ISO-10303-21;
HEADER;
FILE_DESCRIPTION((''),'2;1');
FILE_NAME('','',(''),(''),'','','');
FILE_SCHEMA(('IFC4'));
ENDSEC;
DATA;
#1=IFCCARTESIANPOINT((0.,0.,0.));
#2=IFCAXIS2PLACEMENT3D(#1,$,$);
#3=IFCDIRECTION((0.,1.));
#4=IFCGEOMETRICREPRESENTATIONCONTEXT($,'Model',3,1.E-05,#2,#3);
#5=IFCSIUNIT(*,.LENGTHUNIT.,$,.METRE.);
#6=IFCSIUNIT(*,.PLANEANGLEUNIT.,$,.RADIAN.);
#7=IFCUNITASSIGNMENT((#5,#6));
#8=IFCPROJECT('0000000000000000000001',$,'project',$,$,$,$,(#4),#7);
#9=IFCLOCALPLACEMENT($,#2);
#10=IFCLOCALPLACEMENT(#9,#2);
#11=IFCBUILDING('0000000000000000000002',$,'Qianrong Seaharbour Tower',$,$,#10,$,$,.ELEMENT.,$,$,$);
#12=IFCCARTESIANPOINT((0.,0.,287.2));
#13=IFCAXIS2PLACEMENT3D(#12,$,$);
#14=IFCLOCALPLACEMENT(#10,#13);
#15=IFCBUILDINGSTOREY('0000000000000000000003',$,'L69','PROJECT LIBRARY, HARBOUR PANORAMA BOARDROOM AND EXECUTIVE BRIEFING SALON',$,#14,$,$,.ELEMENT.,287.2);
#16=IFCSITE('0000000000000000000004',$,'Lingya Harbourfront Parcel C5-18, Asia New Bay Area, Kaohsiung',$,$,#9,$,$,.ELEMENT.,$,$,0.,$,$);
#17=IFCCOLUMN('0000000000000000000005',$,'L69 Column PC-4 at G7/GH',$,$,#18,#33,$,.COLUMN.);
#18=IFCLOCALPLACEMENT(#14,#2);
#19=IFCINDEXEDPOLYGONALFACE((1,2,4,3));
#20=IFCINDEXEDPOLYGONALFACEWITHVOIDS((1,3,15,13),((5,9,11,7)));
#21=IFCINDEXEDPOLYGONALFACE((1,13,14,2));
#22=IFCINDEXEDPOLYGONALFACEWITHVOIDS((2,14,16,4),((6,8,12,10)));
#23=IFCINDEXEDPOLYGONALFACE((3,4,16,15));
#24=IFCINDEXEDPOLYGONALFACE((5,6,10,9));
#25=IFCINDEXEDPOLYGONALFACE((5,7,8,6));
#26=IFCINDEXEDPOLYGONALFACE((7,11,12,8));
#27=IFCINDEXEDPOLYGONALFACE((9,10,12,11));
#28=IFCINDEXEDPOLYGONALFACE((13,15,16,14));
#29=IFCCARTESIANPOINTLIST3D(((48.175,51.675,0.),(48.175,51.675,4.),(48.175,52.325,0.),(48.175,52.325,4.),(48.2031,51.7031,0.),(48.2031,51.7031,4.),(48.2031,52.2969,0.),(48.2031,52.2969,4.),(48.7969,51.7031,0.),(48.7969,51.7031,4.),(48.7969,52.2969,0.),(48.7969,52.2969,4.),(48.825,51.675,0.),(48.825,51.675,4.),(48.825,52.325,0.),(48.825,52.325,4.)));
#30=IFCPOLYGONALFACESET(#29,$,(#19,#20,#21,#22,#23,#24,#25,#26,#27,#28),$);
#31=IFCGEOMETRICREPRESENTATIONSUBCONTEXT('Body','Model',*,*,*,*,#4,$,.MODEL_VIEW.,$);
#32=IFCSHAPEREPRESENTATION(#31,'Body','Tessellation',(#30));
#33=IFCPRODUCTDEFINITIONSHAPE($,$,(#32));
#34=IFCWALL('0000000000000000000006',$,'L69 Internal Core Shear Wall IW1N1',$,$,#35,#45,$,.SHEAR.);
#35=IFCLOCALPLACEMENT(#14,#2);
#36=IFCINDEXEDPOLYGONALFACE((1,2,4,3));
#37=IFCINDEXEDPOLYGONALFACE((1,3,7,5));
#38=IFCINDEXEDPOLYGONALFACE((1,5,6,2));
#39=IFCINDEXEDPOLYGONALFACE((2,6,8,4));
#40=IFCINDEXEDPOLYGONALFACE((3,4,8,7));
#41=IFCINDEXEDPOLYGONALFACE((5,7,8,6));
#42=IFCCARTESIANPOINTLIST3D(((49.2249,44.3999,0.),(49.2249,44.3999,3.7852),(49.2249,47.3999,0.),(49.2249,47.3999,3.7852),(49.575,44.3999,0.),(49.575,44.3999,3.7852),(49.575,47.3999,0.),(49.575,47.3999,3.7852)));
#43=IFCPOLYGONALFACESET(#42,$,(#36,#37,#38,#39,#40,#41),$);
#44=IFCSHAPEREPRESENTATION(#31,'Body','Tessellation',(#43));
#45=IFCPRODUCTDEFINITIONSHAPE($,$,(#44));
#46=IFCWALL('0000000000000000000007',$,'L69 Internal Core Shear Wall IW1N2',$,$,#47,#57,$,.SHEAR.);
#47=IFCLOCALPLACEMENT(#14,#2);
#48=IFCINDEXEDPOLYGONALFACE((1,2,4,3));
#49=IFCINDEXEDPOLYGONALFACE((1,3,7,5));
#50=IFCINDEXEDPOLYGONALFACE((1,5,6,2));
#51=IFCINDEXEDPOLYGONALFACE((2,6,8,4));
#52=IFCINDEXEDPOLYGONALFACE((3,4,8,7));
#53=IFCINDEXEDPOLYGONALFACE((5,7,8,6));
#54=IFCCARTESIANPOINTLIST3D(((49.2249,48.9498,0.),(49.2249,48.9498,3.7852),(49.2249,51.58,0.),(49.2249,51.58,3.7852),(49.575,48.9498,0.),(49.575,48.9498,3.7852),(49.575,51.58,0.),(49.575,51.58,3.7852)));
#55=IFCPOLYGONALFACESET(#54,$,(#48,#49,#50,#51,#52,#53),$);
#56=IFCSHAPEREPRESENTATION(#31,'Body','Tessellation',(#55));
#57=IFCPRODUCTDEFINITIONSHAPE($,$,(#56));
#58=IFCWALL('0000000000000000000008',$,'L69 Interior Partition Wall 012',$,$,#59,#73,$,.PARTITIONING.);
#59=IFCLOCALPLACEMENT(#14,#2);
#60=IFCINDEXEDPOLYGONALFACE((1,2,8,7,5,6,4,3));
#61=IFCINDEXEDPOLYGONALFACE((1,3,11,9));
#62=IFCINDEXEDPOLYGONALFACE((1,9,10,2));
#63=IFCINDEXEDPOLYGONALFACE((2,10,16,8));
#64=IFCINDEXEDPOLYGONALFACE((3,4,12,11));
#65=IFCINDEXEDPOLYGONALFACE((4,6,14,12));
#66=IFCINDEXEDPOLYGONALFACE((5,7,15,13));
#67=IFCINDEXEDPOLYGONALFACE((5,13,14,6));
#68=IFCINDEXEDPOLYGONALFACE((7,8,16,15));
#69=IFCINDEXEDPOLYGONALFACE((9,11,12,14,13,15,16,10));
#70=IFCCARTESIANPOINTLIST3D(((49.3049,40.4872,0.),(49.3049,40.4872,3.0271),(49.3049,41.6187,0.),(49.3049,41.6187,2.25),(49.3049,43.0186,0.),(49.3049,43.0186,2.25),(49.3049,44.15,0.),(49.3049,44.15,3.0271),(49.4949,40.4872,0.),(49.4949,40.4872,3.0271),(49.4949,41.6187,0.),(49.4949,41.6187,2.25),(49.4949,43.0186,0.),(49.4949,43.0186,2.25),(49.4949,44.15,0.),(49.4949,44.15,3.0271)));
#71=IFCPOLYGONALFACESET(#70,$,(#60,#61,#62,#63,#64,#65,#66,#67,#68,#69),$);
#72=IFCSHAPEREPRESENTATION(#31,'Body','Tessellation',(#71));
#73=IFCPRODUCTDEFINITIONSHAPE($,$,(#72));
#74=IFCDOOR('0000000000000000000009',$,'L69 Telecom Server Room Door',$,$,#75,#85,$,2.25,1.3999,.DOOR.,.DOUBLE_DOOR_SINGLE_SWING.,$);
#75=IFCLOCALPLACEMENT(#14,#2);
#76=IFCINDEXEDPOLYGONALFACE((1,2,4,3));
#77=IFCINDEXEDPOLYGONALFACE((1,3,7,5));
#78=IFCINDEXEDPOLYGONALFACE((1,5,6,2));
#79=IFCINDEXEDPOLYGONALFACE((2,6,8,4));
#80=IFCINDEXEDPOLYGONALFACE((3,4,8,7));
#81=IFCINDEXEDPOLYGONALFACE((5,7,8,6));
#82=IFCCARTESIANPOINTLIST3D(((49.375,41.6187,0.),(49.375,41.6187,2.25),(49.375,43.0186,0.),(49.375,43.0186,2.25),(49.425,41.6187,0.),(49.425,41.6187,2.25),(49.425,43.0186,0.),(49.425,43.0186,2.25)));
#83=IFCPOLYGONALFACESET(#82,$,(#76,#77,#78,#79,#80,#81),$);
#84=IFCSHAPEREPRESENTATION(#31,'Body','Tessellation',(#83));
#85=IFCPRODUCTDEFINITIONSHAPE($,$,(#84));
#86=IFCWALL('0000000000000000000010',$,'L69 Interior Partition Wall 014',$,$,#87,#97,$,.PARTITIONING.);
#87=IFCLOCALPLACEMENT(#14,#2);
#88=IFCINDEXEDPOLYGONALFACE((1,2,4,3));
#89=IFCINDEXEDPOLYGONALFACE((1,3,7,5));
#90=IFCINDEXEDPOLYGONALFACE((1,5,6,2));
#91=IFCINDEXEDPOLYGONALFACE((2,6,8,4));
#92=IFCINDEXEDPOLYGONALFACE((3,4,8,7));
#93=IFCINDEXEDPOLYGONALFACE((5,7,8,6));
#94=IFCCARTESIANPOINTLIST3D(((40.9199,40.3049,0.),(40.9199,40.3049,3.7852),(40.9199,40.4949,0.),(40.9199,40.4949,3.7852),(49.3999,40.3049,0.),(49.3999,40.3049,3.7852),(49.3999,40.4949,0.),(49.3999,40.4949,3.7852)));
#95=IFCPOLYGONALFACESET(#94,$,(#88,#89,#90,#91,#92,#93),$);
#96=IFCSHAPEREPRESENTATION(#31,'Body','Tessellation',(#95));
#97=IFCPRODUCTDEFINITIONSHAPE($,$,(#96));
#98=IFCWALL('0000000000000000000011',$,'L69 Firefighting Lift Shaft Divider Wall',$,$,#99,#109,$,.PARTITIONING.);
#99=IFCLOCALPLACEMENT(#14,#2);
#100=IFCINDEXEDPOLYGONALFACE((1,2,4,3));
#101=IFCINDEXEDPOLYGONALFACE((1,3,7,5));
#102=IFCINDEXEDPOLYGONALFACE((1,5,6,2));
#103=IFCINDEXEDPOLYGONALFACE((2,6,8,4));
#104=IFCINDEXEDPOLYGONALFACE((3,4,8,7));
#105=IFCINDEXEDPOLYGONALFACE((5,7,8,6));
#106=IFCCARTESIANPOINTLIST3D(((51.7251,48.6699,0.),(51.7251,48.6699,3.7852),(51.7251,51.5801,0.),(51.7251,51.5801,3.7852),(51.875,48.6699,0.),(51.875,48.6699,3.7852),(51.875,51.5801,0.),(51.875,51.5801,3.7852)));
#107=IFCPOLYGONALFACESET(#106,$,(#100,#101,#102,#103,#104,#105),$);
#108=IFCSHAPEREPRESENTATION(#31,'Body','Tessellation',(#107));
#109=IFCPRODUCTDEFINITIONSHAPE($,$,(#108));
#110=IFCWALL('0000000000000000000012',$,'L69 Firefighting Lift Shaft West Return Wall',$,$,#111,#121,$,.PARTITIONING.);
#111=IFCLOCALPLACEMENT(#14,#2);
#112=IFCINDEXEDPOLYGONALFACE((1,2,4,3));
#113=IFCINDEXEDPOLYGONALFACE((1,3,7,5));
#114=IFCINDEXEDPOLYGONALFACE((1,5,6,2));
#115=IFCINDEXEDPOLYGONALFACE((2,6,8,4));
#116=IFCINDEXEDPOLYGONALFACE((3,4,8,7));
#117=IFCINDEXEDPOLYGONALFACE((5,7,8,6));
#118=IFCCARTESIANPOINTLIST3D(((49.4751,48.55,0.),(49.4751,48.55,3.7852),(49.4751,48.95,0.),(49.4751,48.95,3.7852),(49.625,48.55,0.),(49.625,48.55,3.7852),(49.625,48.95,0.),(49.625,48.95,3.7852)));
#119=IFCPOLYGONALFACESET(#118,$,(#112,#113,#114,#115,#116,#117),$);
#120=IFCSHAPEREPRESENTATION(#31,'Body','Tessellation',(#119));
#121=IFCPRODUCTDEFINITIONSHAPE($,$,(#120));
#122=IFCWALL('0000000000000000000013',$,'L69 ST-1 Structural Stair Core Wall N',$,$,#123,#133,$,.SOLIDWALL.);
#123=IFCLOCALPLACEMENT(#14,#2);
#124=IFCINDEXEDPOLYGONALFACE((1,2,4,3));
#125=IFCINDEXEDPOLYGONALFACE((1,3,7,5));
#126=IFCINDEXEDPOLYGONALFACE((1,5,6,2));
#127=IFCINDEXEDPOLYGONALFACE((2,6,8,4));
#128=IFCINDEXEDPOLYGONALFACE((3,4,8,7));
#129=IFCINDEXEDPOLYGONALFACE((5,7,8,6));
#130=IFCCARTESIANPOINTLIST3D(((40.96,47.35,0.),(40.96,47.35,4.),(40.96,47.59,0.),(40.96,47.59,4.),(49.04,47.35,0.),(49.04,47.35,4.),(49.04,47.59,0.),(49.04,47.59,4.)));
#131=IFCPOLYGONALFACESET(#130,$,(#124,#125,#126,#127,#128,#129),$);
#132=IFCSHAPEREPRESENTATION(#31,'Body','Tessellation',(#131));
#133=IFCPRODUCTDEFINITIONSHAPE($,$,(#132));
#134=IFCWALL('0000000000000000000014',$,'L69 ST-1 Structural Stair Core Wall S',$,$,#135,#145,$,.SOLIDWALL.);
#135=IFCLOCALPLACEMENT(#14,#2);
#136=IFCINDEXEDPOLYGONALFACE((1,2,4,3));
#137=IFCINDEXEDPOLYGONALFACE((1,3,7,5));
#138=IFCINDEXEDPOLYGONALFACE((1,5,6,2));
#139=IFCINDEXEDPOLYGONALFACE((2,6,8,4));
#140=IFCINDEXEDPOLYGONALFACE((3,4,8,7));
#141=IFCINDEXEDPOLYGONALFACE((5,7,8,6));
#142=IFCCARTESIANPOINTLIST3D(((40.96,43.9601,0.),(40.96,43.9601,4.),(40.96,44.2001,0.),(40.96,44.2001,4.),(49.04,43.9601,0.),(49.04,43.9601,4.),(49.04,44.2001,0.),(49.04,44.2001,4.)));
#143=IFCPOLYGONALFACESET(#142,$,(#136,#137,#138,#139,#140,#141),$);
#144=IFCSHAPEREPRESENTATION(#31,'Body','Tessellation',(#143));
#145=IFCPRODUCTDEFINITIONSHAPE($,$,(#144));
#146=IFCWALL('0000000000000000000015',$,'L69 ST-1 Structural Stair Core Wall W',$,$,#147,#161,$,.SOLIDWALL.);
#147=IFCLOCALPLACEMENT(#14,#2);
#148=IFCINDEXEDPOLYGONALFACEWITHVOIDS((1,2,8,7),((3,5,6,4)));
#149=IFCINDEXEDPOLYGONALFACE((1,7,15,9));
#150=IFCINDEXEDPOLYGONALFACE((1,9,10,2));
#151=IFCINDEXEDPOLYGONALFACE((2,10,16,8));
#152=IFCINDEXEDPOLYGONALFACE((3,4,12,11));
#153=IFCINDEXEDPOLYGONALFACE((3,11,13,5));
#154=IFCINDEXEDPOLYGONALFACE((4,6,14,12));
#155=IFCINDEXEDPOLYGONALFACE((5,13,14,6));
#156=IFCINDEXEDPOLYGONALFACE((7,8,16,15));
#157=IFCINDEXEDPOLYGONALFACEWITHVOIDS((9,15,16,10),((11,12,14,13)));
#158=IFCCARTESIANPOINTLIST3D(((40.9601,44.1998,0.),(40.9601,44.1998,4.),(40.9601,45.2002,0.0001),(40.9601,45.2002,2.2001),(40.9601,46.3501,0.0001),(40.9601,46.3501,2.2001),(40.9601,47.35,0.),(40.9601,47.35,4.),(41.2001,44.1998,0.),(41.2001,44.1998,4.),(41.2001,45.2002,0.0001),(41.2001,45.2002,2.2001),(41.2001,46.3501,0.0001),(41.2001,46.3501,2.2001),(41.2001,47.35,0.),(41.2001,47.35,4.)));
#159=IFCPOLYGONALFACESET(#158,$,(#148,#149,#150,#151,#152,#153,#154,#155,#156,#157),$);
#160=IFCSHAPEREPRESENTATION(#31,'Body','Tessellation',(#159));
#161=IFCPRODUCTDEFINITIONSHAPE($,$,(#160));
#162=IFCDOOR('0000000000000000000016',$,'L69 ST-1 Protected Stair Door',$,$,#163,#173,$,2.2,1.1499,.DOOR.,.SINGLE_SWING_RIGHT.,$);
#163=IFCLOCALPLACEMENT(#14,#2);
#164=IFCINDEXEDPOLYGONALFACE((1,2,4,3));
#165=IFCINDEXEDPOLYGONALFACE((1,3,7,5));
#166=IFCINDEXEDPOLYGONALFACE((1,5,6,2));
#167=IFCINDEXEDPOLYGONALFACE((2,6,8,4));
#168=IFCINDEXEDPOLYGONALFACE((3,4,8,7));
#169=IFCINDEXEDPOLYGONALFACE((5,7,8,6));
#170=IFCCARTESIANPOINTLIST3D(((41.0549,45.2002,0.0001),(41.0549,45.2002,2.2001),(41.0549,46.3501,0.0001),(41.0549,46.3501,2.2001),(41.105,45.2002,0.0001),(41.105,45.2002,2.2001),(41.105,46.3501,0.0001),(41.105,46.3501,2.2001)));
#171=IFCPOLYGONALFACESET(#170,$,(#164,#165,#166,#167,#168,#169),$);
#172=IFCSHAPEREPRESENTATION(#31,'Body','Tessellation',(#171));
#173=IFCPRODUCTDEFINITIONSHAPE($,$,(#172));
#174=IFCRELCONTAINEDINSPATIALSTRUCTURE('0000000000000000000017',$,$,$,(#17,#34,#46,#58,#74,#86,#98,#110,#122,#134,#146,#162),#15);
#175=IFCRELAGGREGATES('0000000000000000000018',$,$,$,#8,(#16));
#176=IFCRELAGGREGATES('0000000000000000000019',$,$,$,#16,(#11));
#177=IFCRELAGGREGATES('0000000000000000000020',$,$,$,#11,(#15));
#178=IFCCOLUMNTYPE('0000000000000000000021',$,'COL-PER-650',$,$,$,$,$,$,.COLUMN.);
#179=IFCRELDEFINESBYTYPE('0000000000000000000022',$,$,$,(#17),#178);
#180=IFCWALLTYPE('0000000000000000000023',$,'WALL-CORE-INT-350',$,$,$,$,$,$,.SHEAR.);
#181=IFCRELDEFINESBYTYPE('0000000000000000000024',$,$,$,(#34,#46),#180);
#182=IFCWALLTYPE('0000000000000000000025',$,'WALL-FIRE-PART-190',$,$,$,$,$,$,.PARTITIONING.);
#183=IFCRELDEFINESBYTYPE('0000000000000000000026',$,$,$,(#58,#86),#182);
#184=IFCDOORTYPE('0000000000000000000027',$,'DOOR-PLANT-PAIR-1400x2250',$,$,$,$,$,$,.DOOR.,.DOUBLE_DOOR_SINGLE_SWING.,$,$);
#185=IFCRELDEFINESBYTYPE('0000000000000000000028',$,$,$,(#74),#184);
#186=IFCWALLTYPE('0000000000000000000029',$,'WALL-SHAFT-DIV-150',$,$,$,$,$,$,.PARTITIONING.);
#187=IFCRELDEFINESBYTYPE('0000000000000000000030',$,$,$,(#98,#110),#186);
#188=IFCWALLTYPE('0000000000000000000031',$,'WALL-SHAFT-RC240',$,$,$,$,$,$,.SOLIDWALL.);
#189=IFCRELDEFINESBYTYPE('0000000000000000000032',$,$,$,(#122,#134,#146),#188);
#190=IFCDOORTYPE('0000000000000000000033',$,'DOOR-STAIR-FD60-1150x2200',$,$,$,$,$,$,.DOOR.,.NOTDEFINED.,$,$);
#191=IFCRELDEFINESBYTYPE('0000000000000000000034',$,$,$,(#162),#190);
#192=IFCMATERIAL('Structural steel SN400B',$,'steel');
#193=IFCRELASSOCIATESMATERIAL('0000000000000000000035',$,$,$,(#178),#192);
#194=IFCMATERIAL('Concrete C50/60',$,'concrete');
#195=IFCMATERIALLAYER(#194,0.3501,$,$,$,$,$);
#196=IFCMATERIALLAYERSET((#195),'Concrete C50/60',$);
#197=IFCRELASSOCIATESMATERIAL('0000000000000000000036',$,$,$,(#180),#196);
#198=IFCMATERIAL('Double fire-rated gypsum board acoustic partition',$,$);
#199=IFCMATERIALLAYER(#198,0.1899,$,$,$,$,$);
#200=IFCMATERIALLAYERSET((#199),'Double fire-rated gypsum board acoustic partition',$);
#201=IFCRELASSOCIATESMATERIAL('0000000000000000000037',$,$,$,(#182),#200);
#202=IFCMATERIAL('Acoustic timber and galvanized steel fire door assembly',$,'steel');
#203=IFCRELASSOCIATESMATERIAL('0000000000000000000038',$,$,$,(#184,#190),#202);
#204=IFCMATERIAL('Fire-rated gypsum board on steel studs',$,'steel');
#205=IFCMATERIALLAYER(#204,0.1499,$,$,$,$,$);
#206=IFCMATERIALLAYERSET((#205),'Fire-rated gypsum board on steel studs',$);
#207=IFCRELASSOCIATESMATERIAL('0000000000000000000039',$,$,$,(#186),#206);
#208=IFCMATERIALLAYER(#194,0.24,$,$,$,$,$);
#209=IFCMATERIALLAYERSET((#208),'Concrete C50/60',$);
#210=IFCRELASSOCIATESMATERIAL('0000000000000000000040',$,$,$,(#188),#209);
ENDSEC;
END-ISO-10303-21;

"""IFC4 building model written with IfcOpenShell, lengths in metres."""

from ifc_helpers import new_model, si_unit, direction, frame, frame_2d, origin, origin_2d, place, context, subcontext, project, spatial, rectangle, hollow_rectangle, extrude, material, layer, layer_set, material_profile, profile_set, type_object, element, fill, save


model = new_model("IFC4")

# Units and contexts
model_context = context("Model", 3, precision=1e-05, world=origin(), true_north=direction((0.0, 1.0)))
body_context = subcontext(model_context, "Body", "Model", "MODEL_VIEW")
ifc_project = project(units=[si_unit("LENGTHUNIT", "METRE"), si_unit("PLANEANGLEUNIT", "RADIAN")], contexts=[model_context])

# Site, building, storey
site_placement = place(None, origin())
site = spatial("IfcSite", under=ifc_project, at=site_placement, Name="Lingya Harbourfront Parcel C5-18, Asia New Bay Area, Kaohsiung", CompositionType="ELEMENT", RefElevation=0.0)
building_placement = place(site_placement, origin())
building = spatial("IfcBuilding", under=site, at=building_placement, Name="Qianrong Seaharbour Tower", CompositionType="ELEMENT")
storey_placement = place(building_placement, frame((0.0, 0.0, 287.2)))
storey = spatial("IfcBuildingStorey", under=building, at=storey_placement, Name="L69", Description="PROJECT LIBRARY, HARBOUR PANORAMA BOARDROOM AND EXECUTIVE BRIEFING SALON", CompositionType="ELEMENT", Elevation=287.2)

# Column
ifc_material_1 = material(Name="Structural steel SN400B", Category="steel")
ifc_material_profile = material_profile(ifc_material_1, hollow_rectangle(XDim=0.6499, YDim=0.6499, WallThickness=0.0281, at=origin_2d()), Name="BOX650x650x28")
ifc_profile_set = profile_set([ifc_material_profile], Name="Structural steel SN400B")
column_type = type_object("IfcColumnType", Name="COL-PER-650", PredefinedType="COLUMN", material=ifc_profile_set)
column_placement = place(storey_placement, frame((48.5, 52.0, 0.0), z_axis=(0.0, 0.0, 1.0), x_axis=(1.0, 0.0, 0.0)))
element("IfcColumn", 1, at=column_placement, inside=storey, type_object=column_type, Name="L69 Column PC-4 at G7/GH", PredefinedType="COLUMN", context=body_context, shape_type="SweptSolid", body=[
    extrude(hollow_rectangle(XDim=0.6499, YDim=0.6499, WallThickness=0.0281, at=origin_2d()), origin(), (0.0, 0.0, 1.0), 4.0),
])

# Walls
ifc_material_2 = material(Name="Concrete C50/60", Category="concrete")
ifc_layer_1 = layer(ifc_material_2, 0.3501)
ifc_layer_set_1 = layer_set([ifc_layer_1], Name="Concrete C50/60")
wall_type_1 = type_object("IfcWallType", Name="WALL-CORE-INT-350", PredefinedType="SHEAR", material=ifc_layer_set_1)
wall_1_placement = place(storey_placement, frame((49.3999, 44.3999, 0.0), z_axis=(0.0, 0.0, 1.0), x_axis=(0.0, 1.0, 0.0)))
element("IfcWall", 2, at=wall_1_placement, inside=storey, type_object=wall_type_1, Name="L69 Internal Core Shear Wall IW1N1", PredefinedType="SHEAR", context=body_context, shape_type="SweptSolid", body=[
    extrude(rectangle(XDim=3.0, YDim=0.3501, at=frame_2d((1.5, 0.0))), origin(), (0.0, 0.0, 1.0), 3.7852),
])
wall_2_placement = place(storey_placement, frame((49.3999, 48.95, 0.0), z_axis=(0.0, 0.0, 1.0), x_axis=(0.0, 1.0, 0.0)))
element("IfcWall", 3, at=wall_2_placement, inside=storey, type_object=wall_type_1, Name="L69 Internal Core Shear Wall IW1N2", PredefinedType="SHEAR", context=body_context, shape_type="SweptSolid", body=[
    extrude(rectangle(XDim=2.6301, YDim=0.3501, at=frame_2d((1.3149, 0.0))), origin(), (0.0, 0.0, 1.0), 3.7852),
])

# Wall, opening, door
ifc_material_3 = material(Name="Acoustic timber and galvanized steel fire door assembly", Category="steel")
ifc_material_4 = material(Name="Double fire-rated gypsum board acoustic partition")
ifc_layer_2 = layer(ifc_material_4, 0.1899)
ifc_layer_set_2 = layer_set([ifc_layer_2], Name="Double fire-rated gypsum board acoustic partition")
wall_type_2 = type_object("IfcWallType", Name="WALL-FIRE-PART-190", PredefinedType="PARTITIONING", material=ifc_layer_set_2)
wall_3_placement = place(storey_placement, frame((49.3999, 40.4871, 0.0), z_axis=(0.0, 0.0, 1.0), x_axis=(0.0, 1.0, 0.0)))
wall_3 = element("IfcWall", 4, at=wall_3_placement, inside=storey, type_object=wall_type_2, Name="L69 Interior Partition Wall 012", PredefinedType="PARTITIONING", context=body_context, shape_type="SweptSolid", body=[
    extrude(rectangle(XDim=3.6628, YDim=0.1899, at=frame_2d((1.8315, 0.0))), origin(), (0.0, 0.0, 1.0), 3.0271),
])
opening_1_placement = place(wall_3_placement, frame((1.1316, 0.0, 0.0)))
opening_1 = element("IfcOpeningElement", 5, at=opening_1_placement, cuts=wall_3, PredefinedType="OPENING", context=body_context, shape_type="SweptSolid", body=[
    extrude(rectangle(XDim=1.3999, YDim=2.25, at=frame_2d((0.7, 1.125))), frame((0.0, 0.105, 0.0), z_axis=(0.0, -1.0, 0.0), x_axis=(1.0, 0.0, 0.0)), (0.0, 0.0, 1.0), 0.21),
])
door_type_1 = type_object("IfcDoorType", Name="DOOR-PLANT-PAIR-1400x2250", OperationType="DOUBLE_DOOR_SINGLE_SWING", PredefinedType="DOOR", material=ifc_material_3)
door_1_placement = place(opening_1_placement, origin())
door_1 = element("IfcDoor", 6, at=door_1_placement, inside=storey, type_object=door_type_1, Name="L69 Telecom Server Room Door", OperationType="DOUBLE_DOOR_SINGLE_SWING", OverallHeight=2.25, OverallWidth=1.3999, PredefinedType="DOOR", context=body_context, shape_type="SweptSolid", body=[
    extrude(rectangle(XDim=1.3999, YDim=2.25, at=frame_2d((0.7, 1.125))), frame((0.0, 0.0249, 0.0), z_axis=(0.0, -1.0, 0.0), x_axis=(1.0, 0.0, 0.0)), (0.0, 0.0, 1.0), 0.05),
])
fill(opening_1, door_1)

# Walls
wall_4_placement = place(storey_placement, frame((40.9199, 40.3999, 0.0), z_axis=(0.0, 0.0, 1.0), x_axis=(1.0, 0.0, 0.0)))
element("IfcWall", 7, at=wall_4_placement, inside=storey, type_object=wall_type_2, Name="L69 Interior Partition Wall 014", PredefinedType="PARTITIONING", context=body_context, shape_type="SweptSolid", body=[
    extrude(rectangle(XDim=8.48, YDim=0.1899, at=frame_2d((4.24, 0.0))), origin(), (0.0, 0.0, 1.0), 3.7852),
])
ifc_material_5 = material(Name="Fire-rated gypsum board on steel studs", Category="steel")
ifc_layer_3 = layer(ifc_material_5, 0.1499)
ifc_layer_set_3 = layer_set([ifc_layer_3], Name="Fire-rated gypsum board on steel studs")
wall_type_3 = type_object("IfcWallType", Name="WALL-SHAFT-DIV-150", PredefinedType="PARTITIONING", material=ifc_layer_set_3)
wall_5_placement = place(storey_placement, frame((51.8, 48.6699, 0.0), z_axis=(0.0, 0.0, 1.0), x_axis=(0.0, 1.0, 0.0)))
element("IfcWall", 8, at=wall_5_placement, inside=storey, type_object=wall_type_3, Name="L69 Firefighting Lift Shaft Divider Wall", PredefinedType="PARTITIONING", context=body_context, shape_type="SweptSolid", body=[
    extrude(rectangle(XDim=2.9102, YDim=0.1499, at=frame_2d((1.4551, 0.0))), origin(), (0.0, 0.0, 1.0), 3.7852),
])
wall_6_placement = place(storey_placement, frame((49.55, 48.55, 0.0), z_axis=(0.0, 0.0, 1.0), x_axis=(0.0, 1.0, 0.0)))
element("IfcWall", 9, at=wall_6_placement, inside=storey, type_object=wall_type_3, Name="L69 Firefighting Lift Shaft West Return Wall", PredefinedType="PARTITIONING", context=body_context, shape_type="SweptSolid", body=[
    extrude(rectangle(XDim=0.3999, YDim=0.1499, at=frame_2d((0.2, 0.0))), origin(), (0.0, 0.0, 1.0), 3.7852),
])
ifc_layer_4 = layer(ifc_material_2, 0.24)
ifc_layer_set_4 = layer_set([ifc_layer_4], Name="Concrete C50/60")
wall_type_4 = type_object("IfcWallType", Name="WALL-SHAFT-RC240", PredefinedType="SOLIDWALL", material=ifc_layer_set_4)
for number, where, z_axis, x_axis, name in (
    (10, (40.96, 47.47, 0.0), (0.0, 0.0, 1.0), (1.0, 0.0, 0.0), "L69 ST-1 Structural Stair Core Wall N"),
    (11, (49.04, 44.0801, 0.0), (0.0, 0.0, 1.0), (-1.0, 0.0, 0.0), "L69 ST-1 Structural Stair Core Wall S"),
):
    element("IfcWall", number, at=place(storey_placement, frame(where, z_axis=z_axis, x_axis=x_axis)), inside=storey, type_object=wall_type_4, Name=name, PredefinedType="SOLIDWALL", context=body_context, shape_type="SweptSolid", body=[
        extrude(rectangle(XDim=8.0801, YDim=0.24, at=frame_2d((4.04, 0.0))), origin(), (0.0, 0.0, 1.0), 4.0),
    ])

# Wall, opening, door
wall_7_placement = place(storey_placement, frame((41.0801, 47.3501, 0.0), z_axis=(0.0, 0.0, 1.0), x_axis=(0.0, -1.0, 0.0)))
wall_7 = element("IfcWall", 12, at=wall_7_placement, inside=storey, type_object=wall_type_4, Name="L69 ST-1 Structural Stair Core Wall W", PredefinedType="SOLIDWALL", context=body_context, shape_type="SweptSolid", body=[
    extrude(rectangle(XDim=3.1501, YDim=0.24, at=frame_2d((1.5752, 0.0))), origin(), (0.0, 0.0, 1.0), 4.0),
])
opening_2_placement = place(wall_7_placement, frame((1.0, 0.0, 0.0)))
opening_2 = element("IfcOpeningElement", 13, at=opening_2_placement, cuts=wall_7, PredefinedType="OPENING", context=body_context, shape_type="SweptSolid", body=[
    extrude(rectangle(XDim=1.1499, YDim=2.2, at=frame_2d((0.575, 1.1001))), frame((0.0, 0.1299, 0.0), z_axis=(0.0, -1.0, 0.0), x_axis=(1.0, 0.0, 0.0)), (0.0, 0.0, 1.0), 0.26),
])
door_type_2 = type_object("IfcDoorType", Name="DOOR-STAIR-FD60-1150x2200", OperationType="NOTDEFINED", PredefinedType="DOOR", material=ifc_material_3)
door_2_placement = place(opening_2_placement, origin())
door_2 = element("IfcDoor", 14, at=door_2_placement, inside=storey, type_object=door_type_2, Name="L69 ST-1 Protected Stair Door", OperationType="SINGLE_SWING_RIGHT", OverallHeight=2.2, OverallWidth=1.1499, PredefinedType="DOOR", context=body_context, shape_type="SweptSolid", body=[
    extrude(rectangle(XDim=1.1499, YDim=2.2, at=frame_2d((0.575, 1.1001))), frame((0.0, 0.0249, 0.0), z_axis=(0.0, -1.0, 0.0), x_axis=(1.0, 0.0, 0.0)), (0.0, 0.0, 1.0), 0.05),
])
fill(opening_2, door_2)

save(model, "model.ifc")
